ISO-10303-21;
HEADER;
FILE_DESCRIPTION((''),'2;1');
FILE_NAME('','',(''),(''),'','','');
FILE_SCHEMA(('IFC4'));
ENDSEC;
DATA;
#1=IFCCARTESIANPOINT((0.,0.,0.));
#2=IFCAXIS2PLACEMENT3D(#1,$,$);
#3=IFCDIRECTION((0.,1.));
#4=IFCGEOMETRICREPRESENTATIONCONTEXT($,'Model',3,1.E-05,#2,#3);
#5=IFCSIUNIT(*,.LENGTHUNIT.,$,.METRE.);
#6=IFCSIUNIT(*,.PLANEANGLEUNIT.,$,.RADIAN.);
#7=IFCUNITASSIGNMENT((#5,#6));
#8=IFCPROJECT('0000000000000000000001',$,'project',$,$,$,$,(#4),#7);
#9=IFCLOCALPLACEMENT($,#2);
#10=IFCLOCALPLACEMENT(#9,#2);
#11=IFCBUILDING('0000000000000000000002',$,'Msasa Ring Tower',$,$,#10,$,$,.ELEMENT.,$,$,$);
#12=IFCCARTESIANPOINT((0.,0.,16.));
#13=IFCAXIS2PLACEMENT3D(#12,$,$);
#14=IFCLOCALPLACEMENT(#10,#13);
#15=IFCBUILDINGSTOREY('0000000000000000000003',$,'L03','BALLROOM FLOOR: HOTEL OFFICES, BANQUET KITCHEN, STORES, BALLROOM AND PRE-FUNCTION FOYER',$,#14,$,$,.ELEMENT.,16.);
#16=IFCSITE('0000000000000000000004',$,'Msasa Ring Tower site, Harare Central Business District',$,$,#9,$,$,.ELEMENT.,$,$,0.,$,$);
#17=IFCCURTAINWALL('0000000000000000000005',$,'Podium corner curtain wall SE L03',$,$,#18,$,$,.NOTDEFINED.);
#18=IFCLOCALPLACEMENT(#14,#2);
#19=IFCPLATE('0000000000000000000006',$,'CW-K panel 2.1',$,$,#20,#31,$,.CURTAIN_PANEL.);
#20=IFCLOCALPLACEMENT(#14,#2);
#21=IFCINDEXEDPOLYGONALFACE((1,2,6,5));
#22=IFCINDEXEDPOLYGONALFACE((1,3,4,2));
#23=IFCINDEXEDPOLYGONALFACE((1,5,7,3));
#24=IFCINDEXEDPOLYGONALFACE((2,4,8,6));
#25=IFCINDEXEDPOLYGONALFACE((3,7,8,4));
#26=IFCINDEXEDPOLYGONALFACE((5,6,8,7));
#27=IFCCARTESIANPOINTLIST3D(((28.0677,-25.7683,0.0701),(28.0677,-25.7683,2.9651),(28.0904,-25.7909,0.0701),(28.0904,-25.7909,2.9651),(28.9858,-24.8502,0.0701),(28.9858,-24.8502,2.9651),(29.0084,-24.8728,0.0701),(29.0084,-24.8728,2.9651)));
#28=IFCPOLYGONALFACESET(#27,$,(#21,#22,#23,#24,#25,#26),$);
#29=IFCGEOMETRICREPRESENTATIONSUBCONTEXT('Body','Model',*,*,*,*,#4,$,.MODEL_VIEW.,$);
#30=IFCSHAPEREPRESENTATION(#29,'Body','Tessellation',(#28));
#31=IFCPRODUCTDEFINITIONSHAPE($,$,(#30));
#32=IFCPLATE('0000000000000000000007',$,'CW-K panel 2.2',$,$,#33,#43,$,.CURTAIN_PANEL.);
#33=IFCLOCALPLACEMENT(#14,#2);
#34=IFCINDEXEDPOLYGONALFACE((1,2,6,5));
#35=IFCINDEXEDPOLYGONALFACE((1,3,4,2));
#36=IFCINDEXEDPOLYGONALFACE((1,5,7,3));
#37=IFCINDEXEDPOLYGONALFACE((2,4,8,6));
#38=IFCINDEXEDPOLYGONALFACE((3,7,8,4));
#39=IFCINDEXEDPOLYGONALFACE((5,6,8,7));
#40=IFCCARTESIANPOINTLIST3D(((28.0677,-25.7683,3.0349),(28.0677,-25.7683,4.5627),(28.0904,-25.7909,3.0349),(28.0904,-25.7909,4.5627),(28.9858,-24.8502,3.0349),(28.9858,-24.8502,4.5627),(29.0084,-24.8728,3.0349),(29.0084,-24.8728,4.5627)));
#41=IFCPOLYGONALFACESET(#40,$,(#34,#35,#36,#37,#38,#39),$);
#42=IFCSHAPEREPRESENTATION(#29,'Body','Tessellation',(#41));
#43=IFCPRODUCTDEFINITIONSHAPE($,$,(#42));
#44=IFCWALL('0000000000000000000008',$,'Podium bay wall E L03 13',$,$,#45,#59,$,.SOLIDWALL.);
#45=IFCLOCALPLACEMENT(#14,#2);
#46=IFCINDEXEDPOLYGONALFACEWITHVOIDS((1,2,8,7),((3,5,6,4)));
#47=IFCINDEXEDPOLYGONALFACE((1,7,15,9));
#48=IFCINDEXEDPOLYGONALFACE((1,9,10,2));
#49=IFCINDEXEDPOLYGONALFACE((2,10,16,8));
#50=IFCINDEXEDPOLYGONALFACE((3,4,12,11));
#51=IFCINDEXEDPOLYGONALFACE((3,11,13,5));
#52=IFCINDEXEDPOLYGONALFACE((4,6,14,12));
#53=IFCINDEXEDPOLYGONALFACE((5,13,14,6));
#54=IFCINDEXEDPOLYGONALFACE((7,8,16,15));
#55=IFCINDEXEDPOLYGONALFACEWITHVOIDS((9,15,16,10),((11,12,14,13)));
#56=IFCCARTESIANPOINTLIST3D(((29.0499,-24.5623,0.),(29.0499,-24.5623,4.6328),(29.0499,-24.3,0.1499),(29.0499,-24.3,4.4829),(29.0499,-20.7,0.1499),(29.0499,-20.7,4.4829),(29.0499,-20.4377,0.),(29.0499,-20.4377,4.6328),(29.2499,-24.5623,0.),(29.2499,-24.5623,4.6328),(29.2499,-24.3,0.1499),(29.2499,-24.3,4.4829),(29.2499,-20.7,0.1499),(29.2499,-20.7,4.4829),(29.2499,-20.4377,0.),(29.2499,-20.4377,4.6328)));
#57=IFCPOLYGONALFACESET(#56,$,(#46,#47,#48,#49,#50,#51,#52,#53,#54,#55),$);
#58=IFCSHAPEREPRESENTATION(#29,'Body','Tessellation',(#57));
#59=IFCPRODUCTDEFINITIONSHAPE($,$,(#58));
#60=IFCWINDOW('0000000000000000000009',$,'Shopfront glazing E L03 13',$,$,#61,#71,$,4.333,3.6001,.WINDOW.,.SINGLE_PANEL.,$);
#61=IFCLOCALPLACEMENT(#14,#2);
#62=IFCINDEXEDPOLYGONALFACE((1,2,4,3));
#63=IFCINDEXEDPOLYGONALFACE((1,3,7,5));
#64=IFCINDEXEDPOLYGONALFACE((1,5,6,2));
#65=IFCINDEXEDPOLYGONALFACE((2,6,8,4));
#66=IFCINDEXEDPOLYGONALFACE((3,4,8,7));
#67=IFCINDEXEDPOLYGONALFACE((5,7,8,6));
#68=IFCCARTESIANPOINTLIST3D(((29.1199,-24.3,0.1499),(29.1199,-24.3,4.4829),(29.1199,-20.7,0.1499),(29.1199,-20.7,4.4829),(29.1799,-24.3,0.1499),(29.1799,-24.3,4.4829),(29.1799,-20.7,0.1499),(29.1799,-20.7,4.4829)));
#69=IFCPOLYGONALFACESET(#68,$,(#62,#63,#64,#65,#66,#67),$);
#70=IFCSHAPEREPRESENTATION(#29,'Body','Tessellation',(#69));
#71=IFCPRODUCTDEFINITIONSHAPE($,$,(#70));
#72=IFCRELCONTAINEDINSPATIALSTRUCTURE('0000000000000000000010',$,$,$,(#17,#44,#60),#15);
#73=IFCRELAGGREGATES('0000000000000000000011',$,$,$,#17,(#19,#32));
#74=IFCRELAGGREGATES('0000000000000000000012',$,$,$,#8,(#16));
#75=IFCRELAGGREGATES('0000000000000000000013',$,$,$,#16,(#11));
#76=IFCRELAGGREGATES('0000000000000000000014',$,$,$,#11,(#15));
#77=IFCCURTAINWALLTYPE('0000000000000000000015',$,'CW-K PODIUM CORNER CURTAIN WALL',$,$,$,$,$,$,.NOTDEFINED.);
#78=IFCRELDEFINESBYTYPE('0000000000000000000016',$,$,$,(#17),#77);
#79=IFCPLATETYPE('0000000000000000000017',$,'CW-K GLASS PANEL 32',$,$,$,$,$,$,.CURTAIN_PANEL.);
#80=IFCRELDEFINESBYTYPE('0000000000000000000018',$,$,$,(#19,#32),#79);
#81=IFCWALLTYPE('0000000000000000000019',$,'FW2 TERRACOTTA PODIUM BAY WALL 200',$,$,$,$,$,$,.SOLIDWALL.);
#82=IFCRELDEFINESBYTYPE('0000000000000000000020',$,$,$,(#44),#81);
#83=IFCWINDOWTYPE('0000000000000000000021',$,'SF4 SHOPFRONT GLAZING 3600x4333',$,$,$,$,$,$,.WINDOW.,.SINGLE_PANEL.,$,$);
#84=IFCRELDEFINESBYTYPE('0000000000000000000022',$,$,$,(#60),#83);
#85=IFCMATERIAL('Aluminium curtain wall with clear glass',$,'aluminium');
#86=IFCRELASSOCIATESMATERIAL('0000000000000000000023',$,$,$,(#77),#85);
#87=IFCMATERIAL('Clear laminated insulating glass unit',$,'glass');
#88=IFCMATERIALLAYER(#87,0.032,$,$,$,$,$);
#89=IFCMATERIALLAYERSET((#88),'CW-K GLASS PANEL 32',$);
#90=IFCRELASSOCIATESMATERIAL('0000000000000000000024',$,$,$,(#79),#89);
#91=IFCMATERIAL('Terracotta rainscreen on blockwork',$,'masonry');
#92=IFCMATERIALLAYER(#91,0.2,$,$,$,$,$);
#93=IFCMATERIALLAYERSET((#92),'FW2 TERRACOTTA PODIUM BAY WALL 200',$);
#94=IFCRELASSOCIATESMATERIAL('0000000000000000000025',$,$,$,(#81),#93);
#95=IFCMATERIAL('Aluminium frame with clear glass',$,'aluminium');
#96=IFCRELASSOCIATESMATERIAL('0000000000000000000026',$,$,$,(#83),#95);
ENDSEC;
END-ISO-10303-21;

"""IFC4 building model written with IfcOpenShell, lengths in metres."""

from ifc_helpers import new_model, si_unit, direction, frame, frame_2d, origin, origin_2d, place, context, subcontext, project, spatial, rectangle, extrude, material, layer, layer_set, type_object, element, fill, aggregate, save


model = new_model("IFC4")

# Units and contexts
model_context = context("Model", 3, precision=1e-05, world=origin(), true_north=direction((0.0, 1.0)))
body_context = subcontext(model_context, "Body", "Model", "MODEL_VIEW")
ifc_project = project(units=[si_unit("LENGTHUNIT", "METRE"), si_unit("PLANEANGLEUNIT", "RADIAN")], contexts=[model_context])

# Site, building, storey
site_placement = place(None, origin())
site = spatial("IfcSite", under=ifc_project, at=site_placement, Name="Msasa Ring Tower site, Harare Central Business District", CompositionType="ELEMENT", RefElevation=0.0)
building_placement = place(site_placement, origin())
building = spatial("IfcBuilding", under=site, at=building_placement, Name="Msasa Ring Tower", CompositionType="ELEMENT")
storey_placement = place(building_placement, frame((0.0, 0.0, 16.0)))
storey = spatial("IfcBuildingStorey", under=building, at=storey_placement, Name="L03", Description="BALLROOM FLOOR: HOTEL OFFICES, BANQUET KITCHEN, STORES, BALLROOM AND PRE-FUNCTION FOYER", CompositionType="ELEMENT", Elevation=16.0)

# Curtain wall
ifc_material_1 = material(Name="Aluminium curtain wall with clear glass", Category="aluminium")
curtain_wall_type = type_object("IfcCurtainWallType", Name="CW-K PODIUM CORNER CURTAIN WALL", PredefinedType="NOTDEFINED", material=ifc_material_1)
curtain_wall_placement = place(storey_placement, origin())
curtain_wall = element("IfcCurtainWall", 1, at=curtain_wall_placement, inside=storey, type_object=curtain_wall_type, Name="Podium corner curtain wall SE L03", PredefinedType="NOTDEFINED")

# Plates
ifc_material_2 = material(Name="Clear laminated insulating glass unit", Category="glass")
ifc_layer_1 = layer(ifc_material_2, 0.032)
ifc_layer_set_1 = layer_set([ifc_layer_1], Name="CW-K GLASS PANEL 32")
plate_type = type_object("IfcPlateType", Name="CW-K GLASS PANEL 32", PredefinedType="CURTAIN_PANEL", material=ifc_layer_set_1)
plate_1_placement = place(storey_placement, frame((28.5381, -25.3206, 0.0701), z_axis=(0.0, 0.0, 1.0), x_axis=(0.707107, 0.707107, 0.0)))
plate_1 = element("IfcPlate", 2, at=plate_1_placement, type_object=plate_type, Name="CW-K panel 2.1", PredefinedType="CURTAIN_PANEL", context=body_context, shape_type="SweptSolid", body=[
    extrude(rectangle(XDim=1.2983, YDim=0.032, at=origin_2d()), origin(), (0.0, 0.0, 1.0), 2.895),
])
plate_2_placement = place(storey_placement, frame((28.5381, -25.3206, 3.0349), z_axis=(0.0, 0.0, 1.0), x_axis=(0.707107, 0.707107, 0.0)))
plate_2 = element("IfcPlate", 3, at=plate_2_placement, type_object=plate_type, Name="CW-K panel 2.2", PredefinedType="CURTAIN_PANEL", context=body_context, shape_type="SweptSolid", body=[
    extrude(rectangle(XDim=1.2983, YDim=0.032, at=origin_2d()), origin(), (0.0, 0.0, 1.0), 1.5278),
])
aggregate(curtain_wall, [plate_1, plate_2])

# Wall, opening, window
ifc_material_3 = material(Name="Terracotta rainscreen on blockwork", Category="masonry")
ifc_layer_2 = layer(ifc_material_3, 0.2)
ifc_layer_set_2 = layer_set([ifc_layer_2], Name="FW2 TERRACOTTA PODIUM BAY WALL 200")
wall_type = type_object("IfcWallType", Name="FW2 TERRACOTTA PODIUM BAY WALL 200", PredefinedType="SOLIDWALL", material=ifc_layer_set_2)
wall_placement = place(storey_placement, frame((29.1499, -24.5623, 0.0), z_axis=(0.0, 0.0, 1.0), x_axis=(0.0, 1.0, 0.0)))
wall = element("IfcWall", 4, at=wall_placement, inside=storey, type_object=wall_type, Name="Podium bay wall E L03 13", PredefinedType="SOLIDWALL", context=body_context, shape_type="SweptSolid", body=[
    extrude(rectangle(XDim=4.1245, YDim=0.2, at=frame_2d((2.0623, 0.0))), origin(), (0.0, 0.0, 1.0), 4.6328),
])
opening_placement = place(wall_placement, frame((0.2622, 0.0, 0.1499)))
opening = element("IfcOpeningElement", 5, at=opening_placement, cuts=wall, PredefinedType="OPENING", context=body_context, shape_type="SweptSolid", body=[
    extrude(rectangle(XDim=3.6001, YDim=4.333, at=frame_2d((1.8, 2.1665))), frame((0.0, 0.1099, 0.0), z_axis=(0.0, -1.0, 0.0), x_axis=(1.0, 0.0, 0.0)), (0.0, 0.0, 1.0), 0.22),
])
ifc_material_4 = material(Name="Aluminium frame with clear glass", Category="aluminium")
window_type = type_object("IfcWindowType", Name="SF4 SHOPFRONT GLAZING 3600x4333", PartitioningType="SINGLE_PANEL", PredefinedType="WINDOW", material=ifc_material_4)
window_placement = place(opening_placement, origin())
window = element("IfcWindow", 6, at=window_placement, inside=storey, type_object=window_type, Name="Shopfront glazing E L03 13", OverallHeight=4.333, OverallWidth=3.6001, PartitioningType="SINGLE_PANEL", PredefinedType="WINDOW", context=body_context, shape_type="SweptSolid", body=[
    extrude(rectangle(XDim=3.6001, YDim=4.333, at=frame_2d((1.8, 2.1665))), frame((0.0, 0.03, 0.0), z_axis=(0.0, -1.0, 0.0), x_axis=(1.0, 0.0, 0.0)), (0.0, 0.0, 1.0), 0.0601),
])
fill(opening, window)

save(model, "model.ifc")
